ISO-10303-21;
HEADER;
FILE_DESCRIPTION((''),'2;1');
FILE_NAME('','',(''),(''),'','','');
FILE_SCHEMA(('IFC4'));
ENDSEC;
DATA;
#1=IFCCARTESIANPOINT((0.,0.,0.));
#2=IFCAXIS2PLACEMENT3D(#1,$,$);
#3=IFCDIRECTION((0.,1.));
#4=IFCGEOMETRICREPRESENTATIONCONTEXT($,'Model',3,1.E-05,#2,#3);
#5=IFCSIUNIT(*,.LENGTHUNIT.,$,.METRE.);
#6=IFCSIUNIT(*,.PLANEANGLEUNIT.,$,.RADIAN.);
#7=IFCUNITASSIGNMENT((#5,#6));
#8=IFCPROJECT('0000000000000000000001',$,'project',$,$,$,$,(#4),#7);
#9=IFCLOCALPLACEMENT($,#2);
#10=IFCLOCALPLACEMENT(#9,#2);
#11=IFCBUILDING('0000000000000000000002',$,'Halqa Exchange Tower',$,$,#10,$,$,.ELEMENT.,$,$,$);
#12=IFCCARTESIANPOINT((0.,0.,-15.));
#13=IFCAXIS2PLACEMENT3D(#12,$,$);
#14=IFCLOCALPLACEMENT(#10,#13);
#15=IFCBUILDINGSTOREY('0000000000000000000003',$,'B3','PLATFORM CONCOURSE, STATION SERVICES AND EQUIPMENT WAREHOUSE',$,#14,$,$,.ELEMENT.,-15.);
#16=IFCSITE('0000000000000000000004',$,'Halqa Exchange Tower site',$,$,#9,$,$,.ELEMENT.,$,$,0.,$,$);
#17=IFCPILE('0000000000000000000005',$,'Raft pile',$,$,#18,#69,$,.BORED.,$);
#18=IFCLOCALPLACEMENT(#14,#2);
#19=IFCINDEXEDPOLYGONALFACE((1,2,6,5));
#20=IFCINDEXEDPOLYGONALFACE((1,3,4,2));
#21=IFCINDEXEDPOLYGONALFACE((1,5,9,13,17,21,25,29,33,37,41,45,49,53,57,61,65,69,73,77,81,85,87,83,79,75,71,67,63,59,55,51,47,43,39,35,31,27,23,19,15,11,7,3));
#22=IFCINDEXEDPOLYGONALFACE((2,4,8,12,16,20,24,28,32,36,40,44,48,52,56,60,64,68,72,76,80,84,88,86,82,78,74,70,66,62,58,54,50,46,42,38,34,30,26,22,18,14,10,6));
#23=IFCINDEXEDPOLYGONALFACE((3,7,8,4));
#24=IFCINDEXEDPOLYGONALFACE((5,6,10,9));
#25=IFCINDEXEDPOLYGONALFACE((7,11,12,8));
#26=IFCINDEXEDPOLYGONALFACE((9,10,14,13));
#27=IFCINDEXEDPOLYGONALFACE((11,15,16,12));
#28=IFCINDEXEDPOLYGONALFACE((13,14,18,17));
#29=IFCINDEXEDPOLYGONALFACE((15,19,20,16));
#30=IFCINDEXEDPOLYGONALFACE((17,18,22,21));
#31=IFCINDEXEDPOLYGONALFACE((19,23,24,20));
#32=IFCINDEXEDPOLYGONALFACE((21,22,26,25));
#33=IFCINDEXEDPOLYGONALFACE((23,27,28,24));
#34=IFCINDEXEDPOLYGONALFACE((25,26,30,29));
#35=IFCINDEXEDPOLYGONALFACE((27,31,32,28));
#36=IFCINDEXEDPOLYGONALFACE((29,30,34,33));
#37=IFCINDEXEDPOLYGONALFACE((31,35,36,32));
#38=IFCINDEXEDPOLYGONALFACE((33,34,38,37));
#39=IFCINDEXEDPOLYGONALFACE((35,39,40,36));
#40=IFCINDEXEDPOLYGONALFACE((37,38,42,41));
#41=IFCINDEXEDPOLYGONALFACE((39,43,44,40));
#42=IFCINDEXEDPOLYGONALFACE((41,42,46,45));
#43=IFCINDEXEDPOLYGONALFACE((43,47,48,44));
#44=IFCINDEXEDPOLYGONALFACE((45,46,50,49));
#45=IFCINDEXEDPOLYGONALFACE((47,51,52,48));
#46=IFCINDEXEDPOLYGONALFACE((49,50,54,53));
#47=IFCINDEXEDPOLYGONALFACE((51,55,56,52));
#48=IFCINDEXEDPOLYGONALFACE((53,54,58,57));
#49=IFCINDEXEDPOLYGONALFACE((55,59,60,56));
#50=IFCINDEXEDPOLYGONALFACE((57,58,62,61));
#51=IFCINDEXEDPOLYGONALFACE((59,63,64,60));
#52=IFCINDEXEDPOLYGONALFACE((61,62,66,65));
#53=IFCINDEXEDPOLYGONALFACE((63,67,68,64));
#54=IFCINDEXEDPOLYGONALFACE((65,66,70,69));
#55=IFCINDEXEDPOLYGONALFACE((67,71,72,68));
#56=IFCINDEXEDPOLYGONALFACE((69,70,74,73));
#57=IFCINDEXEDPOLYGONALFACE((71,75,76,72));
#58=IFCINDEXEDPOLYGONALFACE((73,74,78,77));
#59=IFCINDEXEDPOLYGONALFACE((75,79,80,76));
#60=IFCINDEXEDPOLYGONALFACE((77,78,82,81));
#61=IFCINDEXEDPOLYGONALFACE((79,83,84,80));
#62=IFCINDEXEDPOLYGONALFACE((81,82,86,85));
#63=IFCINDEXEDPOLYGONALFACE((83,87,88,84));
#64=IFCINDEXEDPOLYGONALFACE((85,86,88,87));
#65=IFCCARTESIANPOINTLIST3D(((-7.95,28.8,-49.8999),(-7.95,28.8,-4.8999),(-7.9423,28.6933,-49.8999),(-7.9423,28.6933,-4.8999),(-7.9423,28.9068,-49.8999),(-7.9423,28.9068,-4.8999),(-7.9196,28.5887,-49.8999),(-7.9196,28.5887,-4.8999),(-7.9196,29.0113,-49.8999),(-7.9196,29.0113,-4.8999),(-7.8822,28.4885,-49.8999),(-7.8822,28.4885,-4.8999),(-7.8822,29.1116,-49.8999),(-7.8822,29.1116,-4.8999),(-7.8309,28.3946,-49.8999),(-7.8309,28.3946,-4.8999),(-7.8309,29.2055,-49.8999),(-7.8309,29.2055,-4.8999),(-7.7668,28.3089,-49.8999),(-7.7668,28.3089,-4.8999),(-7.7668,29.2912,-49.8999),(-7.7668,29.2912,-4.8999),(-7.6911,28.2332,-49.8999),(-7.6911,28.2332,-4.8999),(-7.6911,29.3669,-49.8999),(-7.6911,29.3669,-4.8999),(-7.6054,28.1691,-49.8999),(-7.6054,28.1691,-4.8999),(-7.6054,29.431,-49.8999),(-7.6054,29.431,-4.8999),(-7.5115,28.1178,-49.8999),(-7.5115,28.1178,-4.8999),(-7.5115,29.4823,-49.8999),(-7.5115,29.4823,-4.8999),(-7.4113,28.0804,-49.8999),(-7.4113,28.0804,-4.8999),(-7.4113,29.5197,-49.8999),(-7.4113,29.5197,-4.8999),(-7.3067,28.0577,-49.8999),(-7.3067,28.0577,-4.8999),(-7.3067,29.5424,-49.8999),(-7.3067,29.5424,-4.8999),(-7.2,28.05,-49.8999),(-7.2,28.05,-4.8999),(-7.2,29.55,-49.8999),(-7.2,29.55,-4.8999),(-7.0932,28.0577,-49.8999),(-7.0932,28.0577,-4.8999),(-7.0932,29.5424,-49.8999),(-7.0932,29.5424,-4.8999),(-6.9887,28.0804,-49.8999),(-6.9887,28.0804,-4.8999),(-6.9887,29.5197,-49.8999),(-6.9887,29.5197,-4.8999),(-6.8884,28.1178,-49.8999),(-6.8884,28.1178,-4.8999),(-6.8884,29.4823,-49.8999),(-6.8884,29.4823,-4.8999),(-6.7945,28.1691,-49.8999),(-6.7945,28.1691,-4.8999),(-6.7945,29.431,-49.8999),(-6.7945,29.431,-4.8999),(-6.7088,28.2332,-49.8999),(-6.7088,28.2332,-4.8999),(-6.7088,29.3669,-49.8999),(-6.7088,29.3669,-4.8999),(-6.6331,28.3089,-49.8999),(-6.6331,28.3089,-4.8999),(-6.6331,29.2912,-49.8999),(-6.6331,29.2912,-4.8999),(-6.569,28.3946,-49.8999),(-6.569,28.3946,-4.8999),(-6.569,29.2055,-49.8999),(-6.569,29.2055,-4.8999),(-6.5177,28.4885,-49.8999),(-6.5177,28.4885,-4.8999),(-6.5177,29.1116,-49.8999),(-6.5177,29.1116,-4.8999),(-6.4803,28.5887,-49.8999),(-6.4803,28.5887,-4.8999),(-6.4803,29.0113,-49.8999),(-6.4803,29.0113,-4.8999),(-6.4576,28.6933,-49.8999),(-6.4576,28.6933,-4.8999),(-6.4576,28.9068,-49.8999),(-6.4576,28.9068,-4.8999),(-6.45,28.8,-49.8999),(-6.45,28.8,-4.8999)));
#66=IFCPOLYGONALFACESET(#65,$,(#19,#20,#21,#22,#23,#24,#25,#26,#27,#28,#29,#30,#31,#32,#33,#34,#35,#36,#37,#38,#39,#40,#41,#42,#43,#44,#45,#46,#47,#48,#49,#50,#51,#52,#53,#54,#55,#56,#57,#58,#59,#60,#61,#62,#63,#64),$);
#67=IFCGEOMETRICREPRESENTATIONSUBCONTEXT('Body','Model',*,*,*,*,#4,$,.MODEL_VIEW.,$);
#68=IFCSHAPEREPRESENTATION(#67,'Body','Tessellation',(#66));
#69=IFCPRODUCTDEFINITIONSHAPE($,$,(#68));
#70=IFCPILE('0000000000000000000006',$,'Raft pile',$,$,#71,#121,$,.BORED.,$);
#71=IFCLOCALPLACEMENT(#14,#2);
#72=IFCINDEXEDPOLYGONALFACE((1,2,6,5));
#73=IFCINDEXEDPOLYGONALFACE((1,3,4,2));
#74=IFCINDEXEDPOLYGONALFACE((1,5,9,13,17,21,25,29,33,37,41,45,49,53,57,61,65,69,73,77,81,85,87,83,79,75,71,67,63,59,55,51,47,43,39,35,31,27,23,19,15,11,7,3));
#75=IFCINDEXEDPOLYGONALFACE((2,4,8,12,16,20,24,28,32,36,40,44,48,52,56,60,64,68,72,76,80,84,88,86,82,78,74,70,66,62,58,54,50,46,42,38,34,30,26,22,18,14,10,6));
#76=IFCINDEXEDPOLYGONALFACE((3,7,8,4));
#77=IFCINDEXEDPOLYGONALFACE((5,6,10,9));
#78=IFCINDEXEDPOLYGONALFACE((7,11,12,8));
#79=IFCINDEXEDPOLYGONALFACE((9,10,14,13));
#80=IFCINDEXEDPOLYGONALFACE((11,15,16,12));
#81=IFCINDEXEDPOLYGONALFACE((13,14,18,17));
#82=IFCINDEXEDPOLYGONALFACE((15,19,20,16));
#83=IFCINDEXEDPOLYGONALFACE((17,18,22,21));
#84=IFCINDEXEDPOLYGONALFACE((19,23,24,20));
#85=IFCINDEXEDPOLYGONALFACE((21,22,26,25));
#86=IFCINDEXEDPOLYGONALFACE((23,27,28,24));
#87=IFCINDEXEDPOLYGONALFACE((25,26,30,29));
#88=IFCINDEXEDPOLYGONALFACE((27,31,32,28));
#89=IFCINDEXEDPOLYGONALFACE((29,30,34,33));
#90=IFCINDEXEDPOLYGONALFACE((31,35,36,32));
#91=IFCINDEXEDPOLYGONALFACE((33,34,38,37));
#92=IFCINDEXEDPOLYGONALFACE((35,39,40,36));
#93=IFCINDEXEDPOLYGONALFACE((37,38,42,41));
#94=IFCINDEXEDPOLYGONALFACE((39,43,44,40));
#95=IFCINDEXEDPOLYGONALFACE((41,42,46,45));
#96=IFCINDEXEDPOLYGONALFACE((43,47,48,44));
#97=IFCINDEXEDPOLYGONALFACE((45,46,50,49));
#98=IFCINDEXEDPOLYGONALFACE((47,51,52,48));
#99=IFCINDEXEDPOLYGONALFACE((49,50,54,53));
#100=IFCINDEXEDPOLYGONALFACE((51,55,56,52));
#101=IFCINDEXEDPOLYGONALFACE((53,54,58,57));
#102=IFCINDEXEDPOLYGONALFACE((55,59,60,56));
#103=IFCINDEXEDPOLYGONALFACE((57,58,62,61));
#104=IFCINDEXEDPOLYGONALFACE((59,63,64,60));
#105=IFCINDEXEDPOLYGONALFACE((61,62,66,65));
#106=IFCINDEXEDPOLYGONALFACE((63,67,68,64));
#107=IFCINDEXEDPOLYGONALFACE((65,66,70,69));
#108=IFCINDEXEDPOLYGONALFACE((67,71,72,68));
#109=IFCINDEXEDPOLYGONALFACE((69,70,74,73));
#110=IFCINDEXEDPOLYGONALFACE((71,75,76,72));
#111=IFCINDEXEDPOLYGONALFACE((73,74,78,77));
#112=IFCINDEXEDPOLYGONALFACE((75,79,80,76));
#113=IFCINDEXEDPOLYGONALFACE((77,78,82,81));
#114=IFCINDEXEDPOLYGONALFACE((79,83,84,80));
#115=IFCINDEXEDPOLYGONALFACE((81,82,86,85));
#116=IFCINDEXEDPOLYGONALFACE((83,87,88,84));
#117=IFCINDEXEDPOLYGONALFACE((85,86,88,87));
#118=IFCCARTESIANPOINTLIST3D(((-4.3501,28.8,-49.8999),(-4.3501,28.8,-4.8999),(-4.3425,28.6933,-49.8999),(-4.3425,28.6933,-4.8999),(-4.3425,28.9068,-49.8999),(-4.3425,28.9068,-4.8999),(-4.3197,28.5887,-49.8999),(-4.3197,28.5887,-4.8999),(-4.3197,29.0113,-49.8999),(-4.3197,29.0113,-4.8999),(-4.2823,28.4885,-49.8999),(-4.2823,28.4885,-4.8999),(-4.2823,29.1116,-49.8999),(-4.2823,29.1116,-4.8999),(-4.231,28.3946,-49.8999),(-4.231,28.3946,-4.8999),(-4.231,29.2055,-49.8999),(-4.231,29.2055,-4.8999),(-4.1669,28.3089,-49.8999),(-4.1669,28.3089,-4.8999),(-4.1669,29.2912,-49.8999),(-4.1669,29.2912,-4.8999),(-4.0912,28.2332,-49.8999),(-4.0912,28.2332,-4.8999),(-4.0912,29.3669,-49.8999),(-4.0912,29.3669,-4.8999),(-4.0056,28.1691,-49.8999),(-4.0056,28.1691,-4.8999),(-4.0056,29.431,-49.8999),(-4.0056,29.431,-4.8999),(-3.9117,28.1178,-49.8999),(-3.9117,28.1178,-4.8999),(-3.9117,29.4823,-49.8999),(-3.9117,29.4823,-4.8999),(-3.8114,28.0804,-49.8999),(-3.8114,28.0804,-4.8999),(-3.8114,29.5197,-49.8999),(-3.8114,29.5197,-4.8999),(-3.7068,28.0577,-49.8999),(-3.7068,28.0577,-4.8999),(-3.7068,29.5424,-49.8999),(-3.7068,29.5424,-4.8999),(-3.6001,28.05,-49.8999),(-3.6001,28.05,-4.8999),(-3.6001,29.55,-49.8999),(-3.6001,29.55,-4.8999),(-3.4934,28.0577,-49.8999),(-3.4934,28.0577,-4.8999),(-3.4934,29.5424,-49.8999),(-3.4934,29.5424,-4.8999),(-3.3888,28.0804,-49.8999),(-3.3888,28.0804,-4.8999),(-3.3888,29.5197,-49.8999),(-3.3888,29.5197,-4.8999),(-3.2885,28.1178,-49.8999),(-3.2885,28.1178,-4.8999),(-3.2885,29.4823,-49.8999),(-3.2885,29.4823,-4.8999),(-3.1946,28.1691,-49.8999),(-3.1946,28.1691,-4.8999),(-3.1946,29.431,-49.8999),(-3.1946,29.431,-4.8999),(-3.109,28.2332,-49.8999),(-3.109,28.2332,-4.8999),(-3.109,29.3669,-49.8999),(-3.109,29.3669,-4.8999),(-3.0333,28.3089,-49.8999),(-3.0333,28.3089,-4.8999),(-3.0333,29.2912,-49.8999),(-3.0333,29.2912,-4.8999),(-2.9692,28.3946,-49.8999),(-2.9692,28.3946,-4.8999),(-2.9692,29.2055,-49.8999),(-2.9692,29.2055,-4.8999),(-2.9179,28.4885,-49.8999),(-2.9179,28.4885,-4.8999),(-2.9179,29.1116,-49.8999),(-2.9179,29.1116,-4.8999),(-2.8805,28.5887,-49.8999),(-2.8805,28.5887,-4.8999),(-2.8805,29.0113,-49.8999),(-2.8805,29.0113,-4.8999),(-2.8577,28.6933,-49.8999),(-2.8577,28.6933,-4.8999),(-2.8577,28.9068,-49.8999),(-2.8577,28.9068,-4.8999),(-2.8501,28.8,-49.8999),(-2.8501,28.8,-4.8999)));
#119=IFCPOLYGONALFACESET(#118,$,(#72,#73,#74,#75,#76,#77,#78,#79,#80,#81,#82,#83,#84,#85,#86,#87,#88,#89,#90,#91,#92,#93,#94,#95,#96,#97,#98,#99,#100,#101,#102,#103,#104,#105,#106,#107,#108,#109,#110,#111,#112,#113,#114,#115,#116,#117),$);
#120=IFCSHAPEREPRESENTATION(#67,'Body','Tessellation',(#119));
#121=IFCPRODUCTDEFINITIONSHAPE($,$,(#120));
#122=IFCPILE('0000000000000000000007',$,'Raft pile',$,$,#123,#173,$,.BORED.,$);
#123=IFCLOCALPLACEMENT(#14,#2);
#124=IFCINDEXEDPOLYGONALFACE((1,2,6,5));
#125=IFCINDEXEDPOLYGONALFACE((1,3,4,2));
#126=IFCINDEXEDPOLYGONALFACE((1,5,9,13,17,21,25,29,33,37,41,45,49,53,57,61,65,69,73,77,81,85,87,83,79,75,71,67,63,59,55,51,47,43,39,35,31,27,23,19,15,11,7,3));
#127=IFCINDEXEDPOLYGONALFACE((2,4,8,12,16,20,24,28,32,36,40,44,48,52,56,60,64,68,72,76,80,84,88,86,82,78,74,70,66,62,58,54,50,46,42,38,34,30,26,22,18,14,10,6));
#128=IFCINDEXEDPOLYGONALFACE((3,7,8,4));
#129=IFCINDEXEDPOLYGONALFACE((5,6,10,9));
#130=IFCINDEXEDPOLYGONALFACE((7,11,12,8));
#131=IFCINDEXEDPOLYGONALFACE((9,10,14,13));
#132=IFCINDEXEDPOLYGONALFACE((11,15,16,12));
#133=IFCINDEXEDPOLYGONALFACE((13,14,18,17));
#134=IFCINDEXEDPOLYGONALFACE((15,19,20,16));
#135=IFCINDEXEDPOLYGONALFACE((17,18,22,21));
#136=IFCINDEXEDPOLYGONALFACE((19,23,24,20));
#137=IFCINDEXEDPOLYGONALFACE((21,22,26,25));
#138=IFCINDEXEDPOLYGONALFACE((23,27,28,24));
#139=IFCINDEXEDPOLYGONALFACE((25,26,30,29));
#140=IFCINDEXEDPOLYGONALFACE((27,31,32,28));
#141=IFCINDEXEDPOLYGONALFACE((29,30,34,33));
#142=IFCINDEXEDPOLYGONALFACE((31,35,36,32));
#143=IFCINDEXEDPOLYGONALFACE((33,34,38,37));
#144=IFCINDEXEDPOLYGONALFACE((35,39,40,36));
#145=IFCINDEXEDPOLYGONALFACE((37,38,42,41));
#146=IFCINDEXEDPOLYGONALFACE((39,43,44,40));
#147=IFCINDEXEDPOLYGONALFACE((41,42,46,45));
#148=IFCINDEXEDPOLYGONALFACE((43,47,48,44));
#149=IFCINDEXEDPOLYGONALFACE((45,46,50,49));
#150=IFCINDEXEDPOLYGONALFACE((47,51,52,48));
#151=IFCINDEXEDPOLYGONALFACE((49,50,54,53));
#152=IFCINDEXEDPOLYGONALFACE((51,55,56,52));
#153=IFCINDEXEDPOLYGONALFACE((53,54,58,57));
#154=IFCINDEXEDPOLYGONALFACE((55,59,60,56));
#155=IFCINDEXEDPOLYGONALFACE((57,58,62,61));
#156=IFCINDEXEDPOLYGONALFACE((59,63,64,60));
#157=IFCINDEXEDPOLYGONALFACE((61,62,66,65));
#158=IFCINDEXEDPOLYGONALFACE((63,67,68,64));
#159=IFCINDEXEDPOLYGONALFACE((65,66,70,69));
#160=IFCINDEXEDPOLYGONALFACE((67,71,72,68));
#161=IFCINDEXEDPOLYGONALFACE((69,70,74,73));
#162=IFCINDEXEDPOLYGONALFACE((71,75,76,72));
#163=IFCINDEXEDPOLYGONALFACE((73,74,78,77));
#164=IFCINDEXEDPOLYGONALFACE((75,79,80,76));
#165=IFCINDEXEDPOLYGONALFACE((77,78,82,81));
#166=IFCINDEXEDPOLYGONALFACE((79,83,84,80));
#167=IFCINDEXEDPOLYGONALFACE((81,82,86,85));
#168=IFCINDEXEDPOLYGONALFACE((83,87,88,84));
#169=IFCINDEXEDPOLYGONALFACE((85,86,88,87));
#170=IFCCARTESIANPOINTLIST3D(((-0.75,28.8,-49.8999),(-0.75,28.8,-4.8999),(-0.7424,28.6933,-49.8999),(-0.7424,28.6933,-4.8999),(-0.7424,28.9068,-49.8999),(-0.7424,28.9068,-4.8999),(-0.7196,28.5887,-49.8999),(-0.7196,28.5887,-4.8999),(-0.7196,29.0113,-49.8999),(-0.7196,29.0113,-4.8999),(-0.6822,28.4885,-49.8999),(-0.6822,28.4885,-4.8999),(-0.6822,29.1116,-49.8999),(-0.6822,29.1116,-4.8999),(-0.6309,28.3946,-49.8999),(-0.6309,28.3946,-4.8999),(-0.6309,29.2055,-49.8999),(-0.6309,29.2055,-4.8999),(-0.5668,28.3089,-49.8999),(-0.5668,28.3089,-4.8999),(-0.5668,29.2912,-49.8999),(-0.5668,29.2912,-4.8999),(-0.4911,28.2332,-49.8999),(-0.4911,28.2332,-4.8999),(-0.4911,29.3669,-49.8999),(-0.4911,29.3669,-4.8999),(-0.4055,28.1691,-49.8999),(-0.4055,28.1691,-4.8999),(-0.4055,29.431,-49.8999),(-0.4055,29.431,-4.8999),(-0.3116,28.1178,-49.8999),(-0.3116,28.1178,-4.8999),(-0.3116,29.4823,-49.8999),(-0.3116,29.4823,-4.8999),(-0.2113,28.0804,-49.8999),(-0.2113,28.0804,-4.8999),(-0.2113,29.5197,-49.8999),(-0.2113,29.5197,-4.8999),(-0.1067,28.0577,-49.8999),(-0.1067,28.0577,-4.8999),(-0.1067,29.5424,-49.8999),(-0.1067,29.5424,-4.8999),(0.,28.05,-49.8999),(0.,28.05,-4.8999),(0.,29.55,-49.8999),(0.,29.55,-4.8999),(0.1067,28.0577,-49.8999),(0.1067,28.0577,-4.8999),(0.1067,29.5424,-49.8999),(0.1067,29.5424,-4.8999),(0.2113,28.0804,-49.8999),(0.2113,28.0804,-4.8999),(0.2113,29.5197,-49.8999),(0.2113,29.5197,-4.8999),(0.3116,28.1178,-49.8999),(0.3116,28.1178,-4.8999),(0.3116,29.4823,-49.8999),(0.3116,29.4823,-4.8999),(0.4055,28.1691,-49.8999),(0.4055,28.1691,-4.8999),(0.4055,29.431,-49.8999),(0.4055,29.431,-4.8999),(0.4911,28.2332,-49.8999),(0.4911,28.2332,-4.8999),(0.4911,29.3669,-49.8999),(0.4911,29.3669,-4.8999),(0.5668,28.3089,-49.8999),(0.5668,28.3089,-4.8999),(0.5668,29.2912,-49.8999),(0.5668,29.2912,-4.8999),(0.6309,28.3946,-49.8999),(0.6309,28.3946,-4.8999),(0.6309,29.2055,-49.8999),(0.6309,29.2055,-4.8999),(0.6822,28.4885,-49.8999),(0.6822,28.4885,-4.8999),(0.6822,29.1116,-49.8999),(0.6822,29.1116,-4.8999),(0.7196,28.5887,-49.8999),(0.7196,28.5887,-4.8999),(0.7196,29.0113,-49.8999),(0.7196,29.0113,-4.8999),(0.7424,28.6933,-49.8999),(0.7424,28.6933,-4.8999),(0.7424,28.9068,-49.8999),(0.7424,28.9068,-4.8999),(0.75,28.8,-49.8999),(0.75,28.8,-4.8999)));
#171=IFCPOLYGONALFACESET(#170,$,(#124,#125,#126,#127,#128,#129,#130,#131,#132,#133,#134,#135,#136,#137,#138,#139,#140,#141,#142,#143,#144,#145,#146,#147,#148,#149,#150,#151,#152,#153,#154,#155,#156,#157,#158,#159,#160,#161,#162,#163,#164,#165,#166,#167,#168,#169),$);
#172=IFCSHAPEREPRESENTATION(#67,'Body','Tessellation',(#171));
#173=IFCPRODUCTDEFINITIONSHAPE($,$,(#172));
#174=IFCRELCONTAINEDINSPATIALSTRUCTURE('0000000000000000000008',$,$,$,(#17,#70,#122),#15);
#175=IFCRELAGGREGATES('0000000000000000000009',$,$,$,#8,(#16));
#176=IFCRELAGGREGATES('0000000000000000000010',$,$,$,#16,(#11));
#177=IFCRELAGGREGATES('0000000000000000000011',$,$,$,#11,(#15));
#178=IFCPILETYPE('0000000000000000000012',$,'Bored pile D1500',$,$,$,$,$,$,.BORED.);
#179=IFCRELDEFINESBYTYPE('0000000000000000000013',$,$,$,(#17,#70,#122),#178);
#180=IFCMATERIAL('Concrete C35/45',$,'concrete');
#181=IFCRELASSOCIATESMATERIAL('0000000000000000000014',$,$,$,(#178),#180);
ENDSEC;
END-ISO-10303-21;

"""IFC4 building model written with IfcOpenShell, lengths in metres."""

from ifc_helpers import new_model, si_unit, direction, frame, origin, origin_2d, place, context, subcontext, project, spatial, circle, extrude, material, material_profile, profile_set, type_object, element, save


model = new_model("IFC4")

# Units and contexts
model_context = context("Model", 3, precision=1e-05, world=origin(), true_north=direction((0.0, 1.0)))
body_context = subcontext(model_context, "Body", "Model", "MODEL_VIEW")
ifc_project = project(units=[si_unit("LENGTHUNIT", "METRE"), si_unit("PLANEANGLEUNIT", "RADIAN")], contexts=[model_context])

# Site, building, storey
site_placement = place(None, origin())
site = spatial("IfcSite", under=ifc_project, at=site_placement, Name="Halqa Exchange Tower site", CompositionType="ELEMENT", RefElevation=0.0)
building_placement = place(site_placement, origin())
building = spatial("IfcBuilding", under=site, at=building_placement, Name="Halqa Exchange Tower", CompositionType="ELEMENT")
storey_placement = place(building_placement, frame((0.0, 0.0, -15.0)))
storey = spatial("IfcBuildingStorey", under=building, at=storey_placement, Name="B3", Description="PLATFORM CONCOURSE, STATION SERVICES AND EQUIPMENT WAREHOUSE", CompositionType="ELEMENT", Elevation=-15.0)

# Piles
ifc_material_1 = material(Name="Concrete C35/45", Category="concrete")
ifc_material_profile_1 = material_profile(ifc_material_1, circle(Radius=0.75, at=origin_2d()), Name="D1500")
ifc_profile_set_1 = profile_set([ifc_material_profile_1], Name="Concrete C35/45")
pile_type_1 = type_object("IfcPileType", Name="Bored pile D1500", PredefinedType="BORED", material=ifc_profile_set_1)
for number, where, z_axis, x_axis, name in (
    (1, (-7.2, 28.8, -4.8999), (0.0, 0.0, -1.0), (1.0, 0.0, 0.0), "Raft pile"),
    (2, (-3.6001, 28.8, -4.8999), (0.0, 0.0, -1.0), (1.0, 0.0, 0.0), "Raft pile"),
    (3, (0.0, 28.8, -4.8999), (0.0, 0.0, -1.0), (1.0, 0.0, 0.0), "Raft pile"),
):
    element("IfcPile", number, at=place(storey_placement, frame(where, z_axis=z_axis, x_axis=x_axis)), inside=storey, type_object=pile_type_1, Name=name, PredefinedType="BORED", context=body_context, shape_type="SweptSolid", body=[
        extrude(circle(Radius=0.75, at=origin_2d()), origin(), (0.0, 0.0, 1.0), 45.0),
    ])

save(model, "model.ifc")
